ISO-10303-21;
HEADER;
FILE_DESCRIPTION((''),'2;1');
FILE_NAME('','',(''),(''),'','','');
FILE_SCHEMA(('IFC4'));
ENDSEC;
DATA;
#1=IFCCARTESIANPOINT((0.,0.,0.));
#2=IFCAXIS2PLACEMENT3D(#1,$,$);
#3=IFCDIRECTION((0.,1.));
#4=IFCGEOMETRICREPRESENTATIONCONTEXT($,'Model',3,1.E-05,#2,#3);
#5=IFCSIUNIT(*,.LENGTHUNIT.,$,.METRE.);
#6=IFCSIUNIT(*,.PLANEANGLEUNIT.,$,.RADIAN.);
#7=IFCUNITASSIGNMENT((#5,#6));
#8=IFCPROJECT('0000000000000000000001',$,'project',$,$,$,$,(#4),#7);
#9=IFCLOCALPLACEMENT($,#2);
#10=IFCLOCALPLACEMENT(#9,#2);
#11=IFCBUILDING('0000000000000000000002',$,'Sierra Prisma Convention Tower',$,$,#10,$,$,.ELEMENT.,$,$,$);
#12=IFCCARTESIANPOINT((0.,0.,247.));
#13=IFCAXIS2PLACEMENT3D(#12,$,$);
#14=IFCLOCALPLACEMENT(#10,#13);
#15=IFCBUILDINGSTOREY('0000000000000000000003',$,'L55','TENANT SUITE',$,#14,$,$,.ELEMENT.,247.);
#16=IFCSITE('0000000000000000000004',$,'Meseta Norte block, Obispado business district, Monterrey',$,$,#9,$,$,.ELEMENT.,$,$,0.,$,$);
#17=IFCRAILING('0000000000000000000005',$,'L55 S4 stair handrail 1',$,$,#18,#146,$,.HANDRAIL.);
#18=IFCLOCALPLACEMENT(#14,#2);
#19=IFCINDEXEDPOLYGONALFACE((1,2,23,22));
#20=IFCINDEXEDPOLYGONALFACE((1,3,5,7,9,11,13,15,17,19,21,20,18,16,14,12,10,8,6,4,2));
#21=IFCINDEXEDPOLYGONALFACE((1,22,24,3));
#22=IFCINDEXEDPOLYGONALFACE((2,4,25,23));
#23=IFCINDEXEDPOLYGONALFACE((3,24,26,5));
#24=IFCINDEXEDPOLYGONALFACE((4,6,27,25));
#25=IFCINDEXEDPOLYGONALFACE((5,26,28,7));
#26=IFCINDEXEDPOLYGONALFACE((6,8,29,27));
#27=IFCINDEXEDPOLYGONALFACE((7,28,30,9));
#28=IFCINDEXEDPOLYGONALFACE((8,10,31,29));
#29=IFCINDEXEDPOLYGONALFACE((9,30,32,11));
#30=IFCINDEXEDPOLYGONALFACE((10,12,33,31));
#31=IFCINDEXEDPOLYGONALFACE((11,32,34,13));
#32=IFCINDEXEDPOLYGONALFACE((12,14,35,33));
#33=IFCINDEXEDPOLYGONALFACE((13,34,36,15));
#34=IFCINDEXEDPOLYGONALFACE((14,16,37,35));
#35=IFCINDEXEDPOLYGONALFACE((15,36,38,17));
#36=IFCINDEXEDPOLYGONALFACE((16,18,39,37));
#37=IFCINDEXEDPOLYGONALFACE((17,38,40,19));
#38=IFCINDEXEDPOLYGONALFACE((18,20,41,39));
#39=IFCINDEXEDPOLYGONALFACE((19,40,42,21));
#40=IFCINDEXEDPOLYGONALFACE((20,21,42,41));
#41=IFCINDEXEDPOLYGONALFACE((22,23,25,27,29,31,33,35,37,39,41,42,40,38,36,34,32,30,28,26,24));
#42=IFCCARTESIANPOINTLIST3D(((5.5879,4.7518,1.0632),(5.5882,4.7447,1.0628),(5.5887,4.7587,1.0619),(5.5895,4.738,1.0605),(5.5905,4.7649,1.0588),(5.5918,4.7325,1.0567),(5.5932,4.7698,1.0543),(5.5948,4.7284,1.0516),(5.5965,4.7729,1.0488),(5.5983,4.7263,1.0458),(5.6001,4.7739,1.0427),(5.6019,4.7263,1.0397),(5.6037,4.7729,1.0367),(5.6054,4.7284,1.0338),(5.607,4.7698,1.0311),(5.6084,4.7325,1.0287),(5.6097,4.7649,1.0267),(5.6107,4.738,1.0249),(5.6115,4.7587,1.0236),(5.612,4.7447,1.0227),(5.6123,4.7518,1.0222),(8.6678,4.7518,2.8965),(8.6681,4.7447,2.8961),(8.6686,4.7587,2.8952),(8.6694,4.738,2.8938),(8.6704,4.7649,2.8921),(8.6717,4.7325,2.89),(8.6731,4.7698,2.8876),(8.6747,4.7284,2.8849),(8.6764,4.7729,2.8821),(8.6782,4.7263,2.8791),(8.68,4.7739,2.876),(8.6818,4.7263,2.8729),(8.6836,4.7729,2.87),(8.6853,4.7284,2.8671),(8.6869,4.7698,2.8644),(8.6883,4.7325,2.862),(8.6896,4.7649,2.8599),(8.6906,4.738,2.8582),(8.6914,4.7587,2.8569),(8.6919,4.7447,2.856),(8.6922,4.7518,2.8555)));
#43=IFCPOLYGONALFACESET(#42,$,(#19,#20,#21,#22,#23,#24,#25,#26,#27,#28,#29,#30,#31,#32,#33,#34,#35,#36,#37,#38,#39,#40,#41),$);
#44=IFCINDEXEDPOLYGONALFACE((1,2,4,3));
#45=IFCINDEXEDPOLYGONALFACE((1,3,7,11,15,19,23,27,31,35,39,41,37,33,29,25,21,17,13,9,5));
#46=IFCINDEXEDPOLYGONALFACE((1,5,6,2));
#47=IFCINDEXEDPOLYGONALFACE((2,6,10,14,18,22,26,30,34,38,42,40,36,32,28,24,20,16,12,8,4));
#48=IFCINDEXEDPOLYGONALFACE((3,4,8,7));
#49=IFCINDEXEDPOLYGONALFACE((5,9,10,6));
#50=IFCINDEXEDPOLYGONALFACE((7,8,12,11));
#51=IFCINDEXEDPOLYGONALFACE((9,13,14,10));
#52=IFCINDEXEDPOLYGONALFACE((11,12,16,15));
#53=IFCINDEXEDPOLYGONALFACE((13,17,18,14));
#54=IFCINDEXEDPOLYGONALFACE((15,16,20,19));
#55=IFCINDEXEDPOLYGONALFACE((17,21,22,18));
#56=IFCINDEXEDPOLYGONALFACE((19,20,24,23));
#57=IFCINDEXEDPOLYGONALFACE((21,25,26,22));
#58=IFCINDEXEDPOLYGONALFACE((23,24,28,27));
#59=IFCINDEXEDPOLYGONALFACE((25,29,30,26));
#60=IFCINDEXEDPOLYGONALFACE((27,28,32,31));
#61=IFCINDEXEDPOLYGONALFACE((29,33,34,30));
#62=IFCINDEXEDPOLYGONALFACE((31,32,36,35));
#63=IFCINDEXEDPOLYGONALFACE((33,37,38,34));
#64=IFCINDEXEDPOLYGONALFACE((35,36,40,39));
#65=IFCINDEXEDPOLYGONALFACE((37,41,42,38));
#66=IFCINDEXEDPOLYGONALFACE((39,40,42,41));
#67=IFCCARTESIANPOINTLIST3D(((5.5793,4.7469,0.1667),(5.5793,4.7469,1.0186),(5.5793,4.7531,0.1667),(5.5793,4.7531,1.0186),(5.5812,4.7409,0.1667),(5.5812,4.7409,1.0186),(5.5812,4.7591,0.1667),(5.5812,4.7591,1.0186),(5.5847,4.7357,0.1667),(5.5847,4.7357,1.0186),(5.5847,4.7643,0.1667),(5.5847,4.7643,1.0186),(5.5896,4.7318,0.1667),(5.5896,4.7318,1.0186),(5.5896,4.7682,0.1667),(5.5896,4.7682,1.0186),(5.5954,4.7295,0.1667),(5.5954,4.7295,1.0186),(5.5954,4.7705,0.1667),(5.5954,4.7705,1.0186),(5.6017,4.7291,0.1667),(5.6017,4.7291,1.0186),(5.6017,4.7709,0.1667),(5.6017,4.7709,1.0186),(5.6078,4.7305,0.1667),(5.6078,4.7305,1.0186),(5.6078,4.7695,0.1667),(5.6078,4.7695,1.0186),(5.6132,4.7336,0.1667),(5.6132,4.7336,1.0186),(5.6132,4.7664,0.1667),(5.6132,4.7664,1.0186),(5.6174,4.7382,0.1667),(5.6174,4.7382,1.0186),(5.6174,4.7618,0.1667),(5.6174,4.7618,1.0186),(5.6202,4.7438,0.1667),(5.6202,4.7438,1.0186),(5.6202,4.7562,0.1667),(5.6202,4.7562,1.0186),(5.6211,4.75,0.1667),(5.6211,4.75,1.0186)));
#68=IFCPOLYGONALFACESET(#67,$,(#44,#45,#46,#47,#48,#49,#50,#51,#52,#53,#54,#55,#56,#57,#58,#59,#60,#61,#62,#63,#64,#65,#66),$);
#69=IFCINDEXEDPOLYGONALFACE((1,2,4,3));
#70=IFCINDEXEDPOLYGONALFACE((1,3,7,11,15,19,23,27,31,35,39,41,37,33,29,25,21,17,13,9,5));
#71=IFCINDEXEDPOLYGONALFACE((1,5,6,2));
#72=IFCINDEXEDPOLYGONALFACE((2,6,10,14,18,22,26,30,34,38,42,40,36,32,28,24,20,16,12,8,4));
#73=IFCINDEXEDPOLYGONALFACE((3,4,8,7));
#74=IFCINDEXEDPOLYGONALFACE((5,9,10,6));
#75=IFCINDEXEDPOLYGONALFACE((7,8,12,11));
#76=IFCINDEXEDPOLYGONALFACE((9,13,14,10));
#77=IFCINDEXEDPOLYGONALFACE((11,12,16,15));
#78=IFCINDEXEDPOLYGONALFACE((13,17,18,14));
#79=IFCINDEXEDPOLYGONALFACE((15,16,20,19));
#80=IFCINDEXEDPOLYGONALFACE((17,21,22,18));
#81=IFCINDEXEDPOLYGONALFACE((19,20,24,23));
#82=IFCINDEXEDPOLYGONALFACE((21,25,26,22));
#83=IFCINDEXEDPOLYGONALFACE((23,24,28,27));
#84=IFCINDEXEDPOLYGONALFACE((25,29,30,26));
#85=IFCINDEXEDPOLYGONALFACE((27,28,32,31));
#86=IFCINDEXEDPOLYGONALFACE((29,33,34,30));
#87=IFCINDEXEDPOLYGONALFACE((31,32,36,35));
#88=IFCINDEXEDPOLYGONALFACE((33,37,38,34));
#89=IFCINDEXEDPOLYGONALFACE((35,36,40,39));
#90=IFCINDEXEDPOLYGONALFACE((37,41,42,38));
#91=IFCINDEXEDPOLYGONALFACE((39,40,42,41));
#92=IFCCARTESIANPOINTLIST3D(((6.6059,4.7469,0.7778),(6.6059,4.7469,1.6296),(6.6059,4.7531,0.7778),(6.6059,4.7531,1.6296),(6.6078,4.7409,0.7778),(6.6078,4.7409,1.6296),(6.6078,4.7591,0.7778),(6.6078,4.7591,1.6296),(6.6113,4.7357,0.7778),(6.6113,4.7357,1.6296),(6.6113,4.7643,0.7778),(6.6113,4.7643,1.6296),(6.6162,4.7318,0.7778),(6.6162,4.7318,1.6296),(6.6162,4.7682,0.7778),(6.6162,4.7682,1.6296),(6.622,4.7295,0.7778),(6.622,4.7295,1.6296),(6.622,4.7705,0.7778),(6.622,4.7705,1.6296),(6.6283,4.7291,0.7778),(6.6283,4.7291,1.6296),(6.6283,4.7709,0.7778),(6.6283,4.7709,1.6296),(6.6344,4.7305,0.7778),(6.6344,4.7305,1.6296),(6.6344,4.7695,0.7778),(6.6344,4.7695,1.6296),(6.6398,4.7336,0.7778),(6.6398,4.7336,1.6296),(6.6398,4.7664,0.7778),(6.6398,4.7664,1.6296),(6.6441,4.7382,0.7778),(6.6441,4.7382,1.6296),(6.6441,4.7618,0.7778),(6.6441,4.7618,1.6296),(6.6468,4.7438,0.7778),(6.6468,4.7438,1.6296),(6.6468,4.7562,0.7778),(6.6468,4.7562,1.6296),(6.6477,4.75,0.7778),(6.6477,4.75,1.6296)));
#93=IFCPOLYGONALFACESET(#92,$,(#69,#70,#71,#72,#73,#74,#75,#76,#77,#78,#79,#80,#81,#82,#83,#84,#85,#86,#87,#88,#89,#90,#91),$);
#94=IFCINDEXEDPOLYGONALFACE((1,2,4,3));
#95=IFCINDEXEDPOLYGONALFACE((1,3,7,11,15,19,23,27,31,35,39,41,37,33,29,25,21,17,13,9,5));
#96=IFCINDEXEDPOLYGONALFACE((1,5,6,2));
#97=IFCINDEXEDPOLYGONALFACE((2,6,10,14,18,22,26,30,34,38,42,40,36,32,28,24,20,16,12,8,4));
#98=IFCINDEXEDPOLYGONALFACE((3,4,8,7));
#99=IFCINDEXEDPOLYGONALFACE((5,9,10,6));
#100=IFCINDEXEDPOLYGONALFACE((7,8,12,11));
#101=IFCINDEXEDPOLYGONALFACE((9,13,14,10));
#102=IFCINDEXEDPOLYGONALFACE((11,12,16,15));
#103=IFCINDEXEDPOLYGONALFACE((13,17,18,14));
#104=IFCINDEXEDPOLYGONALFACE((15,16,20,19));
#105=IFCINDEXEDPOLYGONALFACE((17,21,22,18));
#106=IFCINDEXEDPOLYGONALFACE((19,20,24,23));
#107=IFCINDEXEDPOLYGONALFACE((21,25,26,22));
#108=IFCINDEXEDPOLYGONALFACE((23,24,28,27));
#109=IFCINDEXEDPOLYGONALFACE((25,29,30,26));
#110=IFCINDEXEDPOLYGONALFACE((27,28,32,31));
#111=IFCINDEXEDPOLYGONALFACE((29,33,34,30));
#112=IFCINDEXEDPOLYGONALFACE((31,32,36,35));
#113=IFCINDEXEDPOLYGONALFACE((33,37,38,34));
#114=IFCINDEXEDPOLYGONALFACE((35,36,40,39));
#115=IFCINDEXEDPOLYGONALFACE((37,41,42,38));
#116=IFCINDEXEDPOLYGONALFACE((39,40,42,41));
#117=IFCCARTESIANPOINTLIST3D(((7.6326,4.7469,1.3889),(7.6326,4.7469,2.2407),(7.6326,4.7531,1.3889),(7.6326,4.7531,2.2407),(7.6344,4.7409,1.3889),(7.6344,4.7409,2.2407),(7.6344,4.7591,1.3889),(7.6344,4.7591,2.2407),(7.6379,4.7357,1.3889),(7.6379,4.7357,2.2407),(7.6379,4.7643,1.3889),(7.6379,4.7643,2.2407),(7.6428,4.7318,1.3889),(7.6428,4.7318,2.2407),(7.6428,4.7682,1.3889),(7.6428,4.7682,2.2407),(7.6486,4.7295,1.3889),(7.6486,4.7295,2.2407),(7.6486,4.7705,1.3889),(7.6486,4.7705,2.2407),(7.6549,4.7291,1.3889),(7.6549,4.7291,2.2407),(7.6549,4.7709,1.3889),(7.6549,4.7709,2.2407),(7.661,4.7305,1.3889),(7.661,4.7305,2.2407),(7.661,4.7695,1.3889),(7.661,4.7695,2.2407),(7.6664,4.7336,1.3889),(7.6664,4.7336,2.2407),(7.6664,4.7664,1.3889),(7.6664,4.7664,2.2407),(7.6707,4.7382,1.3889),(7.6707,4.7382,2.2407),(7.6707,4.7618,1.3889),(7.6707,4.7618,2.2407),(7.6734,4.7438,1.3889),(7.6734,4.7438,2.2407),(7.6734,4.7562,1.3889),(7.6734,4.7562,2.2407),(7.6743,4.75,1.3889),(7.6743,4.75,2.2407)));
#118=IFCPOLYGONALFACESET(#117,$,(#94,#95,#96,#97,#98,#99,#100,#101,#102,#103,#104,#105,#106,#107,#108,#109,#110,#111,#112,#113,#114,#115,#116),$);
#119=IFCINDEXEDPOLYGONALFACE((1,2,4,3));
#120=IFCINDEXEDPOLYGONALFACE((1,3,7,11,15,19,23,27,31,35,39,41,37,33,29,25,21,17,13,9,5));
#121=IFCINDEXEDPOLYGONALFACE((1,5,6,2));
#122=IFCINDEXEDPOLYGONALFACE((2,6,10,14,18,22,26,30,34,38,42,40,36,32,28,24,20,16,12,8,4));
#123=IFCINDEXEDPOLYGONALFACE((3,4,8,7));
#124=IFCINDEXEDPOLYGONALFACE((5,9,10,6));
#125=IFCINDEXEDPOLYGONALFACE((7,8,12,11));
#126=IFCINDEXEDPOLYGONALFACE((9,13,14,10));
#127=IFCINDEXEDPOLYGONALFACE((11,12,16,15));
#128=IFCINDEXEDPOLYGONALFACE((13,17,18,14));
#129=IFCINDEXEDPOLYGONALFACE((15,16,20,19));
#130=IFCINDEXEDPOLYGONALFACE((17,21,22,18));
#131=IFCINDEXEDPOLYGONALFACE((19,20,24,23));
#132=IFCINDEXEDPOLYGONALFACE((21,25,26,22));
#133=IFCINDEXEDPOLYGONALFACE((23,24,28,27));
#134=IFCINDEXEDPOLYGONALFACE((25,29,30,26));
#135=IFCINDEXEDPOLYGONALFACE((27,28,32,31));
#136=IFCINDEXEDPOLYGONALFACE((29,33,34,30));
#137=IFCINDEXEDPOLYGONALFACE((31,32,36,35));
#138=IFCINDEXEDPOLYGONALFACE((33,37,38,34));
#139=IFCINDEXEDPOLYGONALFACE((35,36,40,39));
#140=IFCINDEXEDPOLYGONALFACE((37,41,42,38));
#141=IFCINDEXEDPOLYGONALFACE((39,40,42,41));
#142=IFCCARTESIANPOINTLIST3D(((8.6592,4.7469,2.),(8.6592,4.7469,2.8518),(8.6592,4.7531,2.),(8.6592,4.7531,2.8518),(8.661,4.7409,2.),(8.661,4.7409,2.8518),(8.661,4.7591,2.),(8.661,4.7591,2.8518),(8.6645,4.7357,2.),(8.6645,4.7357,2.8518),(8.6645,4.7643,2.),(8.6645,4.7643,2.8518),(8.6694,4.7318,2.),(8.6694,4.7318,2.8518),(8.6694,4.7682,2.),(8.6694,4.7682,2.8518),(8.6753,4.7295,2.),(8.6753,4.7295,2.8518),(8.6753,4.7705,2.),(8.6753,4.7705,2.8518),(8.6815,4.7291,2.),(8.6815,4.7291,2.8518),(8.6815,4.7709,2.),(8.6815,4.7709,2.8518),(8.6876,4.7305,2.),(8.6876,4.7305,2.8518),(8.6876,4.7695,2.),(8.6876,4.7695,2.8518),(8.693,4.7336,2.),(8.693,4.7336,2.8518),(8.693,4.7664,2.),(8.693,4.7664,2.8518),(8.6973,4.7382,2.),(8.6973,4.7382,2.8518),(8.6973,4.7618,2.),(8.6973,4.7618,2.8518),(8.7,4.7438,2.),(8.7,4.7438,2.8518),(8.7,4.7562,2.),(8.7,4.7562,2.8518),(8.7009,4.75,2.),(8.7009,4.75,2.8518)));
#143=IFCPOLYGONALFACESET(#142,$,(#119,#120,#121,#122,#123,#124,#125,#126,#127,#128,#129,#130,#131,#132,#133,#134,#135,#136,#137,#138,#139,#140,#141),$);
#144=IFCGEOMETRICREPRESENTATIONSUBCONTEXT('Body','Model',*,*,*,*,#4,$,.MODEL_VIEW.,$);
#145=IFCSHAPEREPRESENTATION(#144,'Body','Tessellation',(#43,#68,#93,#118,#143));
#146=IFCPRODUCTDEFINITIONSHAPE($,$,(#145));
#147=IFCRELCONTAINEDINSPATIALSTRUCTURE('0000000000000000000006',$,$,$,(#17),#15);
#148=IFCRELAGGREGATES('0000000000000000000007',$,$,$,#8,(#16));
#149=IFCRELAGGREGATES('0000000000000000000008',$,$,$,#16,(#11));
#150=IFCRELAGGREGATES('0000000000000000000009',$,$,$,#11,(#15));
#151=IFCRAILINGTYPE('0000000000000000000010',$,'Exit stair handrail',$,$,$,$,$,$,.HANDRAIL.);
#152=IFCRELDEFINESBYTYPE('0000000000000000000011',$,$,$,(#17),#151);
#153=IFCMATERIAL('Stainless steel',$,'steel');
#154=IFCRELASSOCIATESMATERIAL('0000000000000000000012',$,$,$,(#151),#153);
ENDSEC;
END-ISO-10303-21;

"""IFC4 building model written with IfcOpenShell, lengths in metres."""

from ifc_helpers import new_model, si_unit, direction, frame, origin, origin_2d, place, context, subcontext, project, spatial, circle, extrude, material, type_object, element, save


model = new_model("IFC4")

# Units and contexts
model_context = context("Model", 3, precision=1e-05, world=origin(), true_north=direction((0.0, 1.0)))
body_context = subcontext(model_context, "Body", "Model", "MODEL_VIEW")
ifc_project = project(units=[si_unit("LENGTHUNIT", "METRE"), si_unit("PLANEANGLEUNIT", "RADIAN")], contexts=[model_context])

# Site, building, storey
site_placement = place(None, origin())
site = spatial("IfcSite", under=ifc_project, at=site_placement, Name="Meseta Norte block, Obispado business district, Monterrey", CompositionType="ELEMENT", RefElevation=0.0)
building_placement = place(site_placement, origin())
building = spatial("IfcBuilding", under=site, at=building_placement, Name="Sierra Prisma Convention Tower", CompositionType="ELEMENT")
storey_placement = place(building_placement, frame((0.0, 0.0, 247.0)))
storey = spatial("IfcBuildingStorey", under=building, at=storey_placement, Name="L55", Description="TENANT SUITE", CompositionType="ELEMENT", Elevation=247.0)

# Railing
ifc_material_1 = material(Name="Stainless steel", Category="steel")
railing_type_1 = type_object("IfcRailingType", Name="Exit stair handrail", PredefinedType="HANDRAIL", material=ifc_material_1)
railing_1_placement = place(storey_placement, frame((5.6001, 4.75, 0.1667)))
element("IfcRailing", 1, at=railing_1_placement, inside=storey, type_object=railing_type_1, Name="L55 S4 stair handrail 1", PredefinedType="HANDRAIL", context=body_context, shape_type="SweptSolid", body=[
    extrude(circle(Radius=0.0239, at=origin_2d()), frame((0.0, 0.0, 0.876), z_axis=(0.859291, 0.0, 0.511487), x_axis=(0.0, 1.0, 0.0)), (0.0, 0.0, 1.0), 3.5842),
    extrude(circle(Radius=0.021, at=origin_2d()), origin(), (0.0, 0.0, 1.0), 0.8518),
    extrude(circle(Radius=0.021, at=origin_2d()), frame((1.0266, 0.0, 0.6111)), (0.0, 0.0, 1.0), 0.8518),
    extrude(circle(Radius=0.021, at=origin_2d()), frame((2.0532, 0.0, 1.2222)), (0.0, 0.0, 1.0), 0.8518),
    extrude(circle(Radius=0.021, at=origin_2d()), frame((3.0798, 0.0, 1.8333)), (0.0, 0.0, 1.0), 0.8518),
])

save(model, "model.ifc")
